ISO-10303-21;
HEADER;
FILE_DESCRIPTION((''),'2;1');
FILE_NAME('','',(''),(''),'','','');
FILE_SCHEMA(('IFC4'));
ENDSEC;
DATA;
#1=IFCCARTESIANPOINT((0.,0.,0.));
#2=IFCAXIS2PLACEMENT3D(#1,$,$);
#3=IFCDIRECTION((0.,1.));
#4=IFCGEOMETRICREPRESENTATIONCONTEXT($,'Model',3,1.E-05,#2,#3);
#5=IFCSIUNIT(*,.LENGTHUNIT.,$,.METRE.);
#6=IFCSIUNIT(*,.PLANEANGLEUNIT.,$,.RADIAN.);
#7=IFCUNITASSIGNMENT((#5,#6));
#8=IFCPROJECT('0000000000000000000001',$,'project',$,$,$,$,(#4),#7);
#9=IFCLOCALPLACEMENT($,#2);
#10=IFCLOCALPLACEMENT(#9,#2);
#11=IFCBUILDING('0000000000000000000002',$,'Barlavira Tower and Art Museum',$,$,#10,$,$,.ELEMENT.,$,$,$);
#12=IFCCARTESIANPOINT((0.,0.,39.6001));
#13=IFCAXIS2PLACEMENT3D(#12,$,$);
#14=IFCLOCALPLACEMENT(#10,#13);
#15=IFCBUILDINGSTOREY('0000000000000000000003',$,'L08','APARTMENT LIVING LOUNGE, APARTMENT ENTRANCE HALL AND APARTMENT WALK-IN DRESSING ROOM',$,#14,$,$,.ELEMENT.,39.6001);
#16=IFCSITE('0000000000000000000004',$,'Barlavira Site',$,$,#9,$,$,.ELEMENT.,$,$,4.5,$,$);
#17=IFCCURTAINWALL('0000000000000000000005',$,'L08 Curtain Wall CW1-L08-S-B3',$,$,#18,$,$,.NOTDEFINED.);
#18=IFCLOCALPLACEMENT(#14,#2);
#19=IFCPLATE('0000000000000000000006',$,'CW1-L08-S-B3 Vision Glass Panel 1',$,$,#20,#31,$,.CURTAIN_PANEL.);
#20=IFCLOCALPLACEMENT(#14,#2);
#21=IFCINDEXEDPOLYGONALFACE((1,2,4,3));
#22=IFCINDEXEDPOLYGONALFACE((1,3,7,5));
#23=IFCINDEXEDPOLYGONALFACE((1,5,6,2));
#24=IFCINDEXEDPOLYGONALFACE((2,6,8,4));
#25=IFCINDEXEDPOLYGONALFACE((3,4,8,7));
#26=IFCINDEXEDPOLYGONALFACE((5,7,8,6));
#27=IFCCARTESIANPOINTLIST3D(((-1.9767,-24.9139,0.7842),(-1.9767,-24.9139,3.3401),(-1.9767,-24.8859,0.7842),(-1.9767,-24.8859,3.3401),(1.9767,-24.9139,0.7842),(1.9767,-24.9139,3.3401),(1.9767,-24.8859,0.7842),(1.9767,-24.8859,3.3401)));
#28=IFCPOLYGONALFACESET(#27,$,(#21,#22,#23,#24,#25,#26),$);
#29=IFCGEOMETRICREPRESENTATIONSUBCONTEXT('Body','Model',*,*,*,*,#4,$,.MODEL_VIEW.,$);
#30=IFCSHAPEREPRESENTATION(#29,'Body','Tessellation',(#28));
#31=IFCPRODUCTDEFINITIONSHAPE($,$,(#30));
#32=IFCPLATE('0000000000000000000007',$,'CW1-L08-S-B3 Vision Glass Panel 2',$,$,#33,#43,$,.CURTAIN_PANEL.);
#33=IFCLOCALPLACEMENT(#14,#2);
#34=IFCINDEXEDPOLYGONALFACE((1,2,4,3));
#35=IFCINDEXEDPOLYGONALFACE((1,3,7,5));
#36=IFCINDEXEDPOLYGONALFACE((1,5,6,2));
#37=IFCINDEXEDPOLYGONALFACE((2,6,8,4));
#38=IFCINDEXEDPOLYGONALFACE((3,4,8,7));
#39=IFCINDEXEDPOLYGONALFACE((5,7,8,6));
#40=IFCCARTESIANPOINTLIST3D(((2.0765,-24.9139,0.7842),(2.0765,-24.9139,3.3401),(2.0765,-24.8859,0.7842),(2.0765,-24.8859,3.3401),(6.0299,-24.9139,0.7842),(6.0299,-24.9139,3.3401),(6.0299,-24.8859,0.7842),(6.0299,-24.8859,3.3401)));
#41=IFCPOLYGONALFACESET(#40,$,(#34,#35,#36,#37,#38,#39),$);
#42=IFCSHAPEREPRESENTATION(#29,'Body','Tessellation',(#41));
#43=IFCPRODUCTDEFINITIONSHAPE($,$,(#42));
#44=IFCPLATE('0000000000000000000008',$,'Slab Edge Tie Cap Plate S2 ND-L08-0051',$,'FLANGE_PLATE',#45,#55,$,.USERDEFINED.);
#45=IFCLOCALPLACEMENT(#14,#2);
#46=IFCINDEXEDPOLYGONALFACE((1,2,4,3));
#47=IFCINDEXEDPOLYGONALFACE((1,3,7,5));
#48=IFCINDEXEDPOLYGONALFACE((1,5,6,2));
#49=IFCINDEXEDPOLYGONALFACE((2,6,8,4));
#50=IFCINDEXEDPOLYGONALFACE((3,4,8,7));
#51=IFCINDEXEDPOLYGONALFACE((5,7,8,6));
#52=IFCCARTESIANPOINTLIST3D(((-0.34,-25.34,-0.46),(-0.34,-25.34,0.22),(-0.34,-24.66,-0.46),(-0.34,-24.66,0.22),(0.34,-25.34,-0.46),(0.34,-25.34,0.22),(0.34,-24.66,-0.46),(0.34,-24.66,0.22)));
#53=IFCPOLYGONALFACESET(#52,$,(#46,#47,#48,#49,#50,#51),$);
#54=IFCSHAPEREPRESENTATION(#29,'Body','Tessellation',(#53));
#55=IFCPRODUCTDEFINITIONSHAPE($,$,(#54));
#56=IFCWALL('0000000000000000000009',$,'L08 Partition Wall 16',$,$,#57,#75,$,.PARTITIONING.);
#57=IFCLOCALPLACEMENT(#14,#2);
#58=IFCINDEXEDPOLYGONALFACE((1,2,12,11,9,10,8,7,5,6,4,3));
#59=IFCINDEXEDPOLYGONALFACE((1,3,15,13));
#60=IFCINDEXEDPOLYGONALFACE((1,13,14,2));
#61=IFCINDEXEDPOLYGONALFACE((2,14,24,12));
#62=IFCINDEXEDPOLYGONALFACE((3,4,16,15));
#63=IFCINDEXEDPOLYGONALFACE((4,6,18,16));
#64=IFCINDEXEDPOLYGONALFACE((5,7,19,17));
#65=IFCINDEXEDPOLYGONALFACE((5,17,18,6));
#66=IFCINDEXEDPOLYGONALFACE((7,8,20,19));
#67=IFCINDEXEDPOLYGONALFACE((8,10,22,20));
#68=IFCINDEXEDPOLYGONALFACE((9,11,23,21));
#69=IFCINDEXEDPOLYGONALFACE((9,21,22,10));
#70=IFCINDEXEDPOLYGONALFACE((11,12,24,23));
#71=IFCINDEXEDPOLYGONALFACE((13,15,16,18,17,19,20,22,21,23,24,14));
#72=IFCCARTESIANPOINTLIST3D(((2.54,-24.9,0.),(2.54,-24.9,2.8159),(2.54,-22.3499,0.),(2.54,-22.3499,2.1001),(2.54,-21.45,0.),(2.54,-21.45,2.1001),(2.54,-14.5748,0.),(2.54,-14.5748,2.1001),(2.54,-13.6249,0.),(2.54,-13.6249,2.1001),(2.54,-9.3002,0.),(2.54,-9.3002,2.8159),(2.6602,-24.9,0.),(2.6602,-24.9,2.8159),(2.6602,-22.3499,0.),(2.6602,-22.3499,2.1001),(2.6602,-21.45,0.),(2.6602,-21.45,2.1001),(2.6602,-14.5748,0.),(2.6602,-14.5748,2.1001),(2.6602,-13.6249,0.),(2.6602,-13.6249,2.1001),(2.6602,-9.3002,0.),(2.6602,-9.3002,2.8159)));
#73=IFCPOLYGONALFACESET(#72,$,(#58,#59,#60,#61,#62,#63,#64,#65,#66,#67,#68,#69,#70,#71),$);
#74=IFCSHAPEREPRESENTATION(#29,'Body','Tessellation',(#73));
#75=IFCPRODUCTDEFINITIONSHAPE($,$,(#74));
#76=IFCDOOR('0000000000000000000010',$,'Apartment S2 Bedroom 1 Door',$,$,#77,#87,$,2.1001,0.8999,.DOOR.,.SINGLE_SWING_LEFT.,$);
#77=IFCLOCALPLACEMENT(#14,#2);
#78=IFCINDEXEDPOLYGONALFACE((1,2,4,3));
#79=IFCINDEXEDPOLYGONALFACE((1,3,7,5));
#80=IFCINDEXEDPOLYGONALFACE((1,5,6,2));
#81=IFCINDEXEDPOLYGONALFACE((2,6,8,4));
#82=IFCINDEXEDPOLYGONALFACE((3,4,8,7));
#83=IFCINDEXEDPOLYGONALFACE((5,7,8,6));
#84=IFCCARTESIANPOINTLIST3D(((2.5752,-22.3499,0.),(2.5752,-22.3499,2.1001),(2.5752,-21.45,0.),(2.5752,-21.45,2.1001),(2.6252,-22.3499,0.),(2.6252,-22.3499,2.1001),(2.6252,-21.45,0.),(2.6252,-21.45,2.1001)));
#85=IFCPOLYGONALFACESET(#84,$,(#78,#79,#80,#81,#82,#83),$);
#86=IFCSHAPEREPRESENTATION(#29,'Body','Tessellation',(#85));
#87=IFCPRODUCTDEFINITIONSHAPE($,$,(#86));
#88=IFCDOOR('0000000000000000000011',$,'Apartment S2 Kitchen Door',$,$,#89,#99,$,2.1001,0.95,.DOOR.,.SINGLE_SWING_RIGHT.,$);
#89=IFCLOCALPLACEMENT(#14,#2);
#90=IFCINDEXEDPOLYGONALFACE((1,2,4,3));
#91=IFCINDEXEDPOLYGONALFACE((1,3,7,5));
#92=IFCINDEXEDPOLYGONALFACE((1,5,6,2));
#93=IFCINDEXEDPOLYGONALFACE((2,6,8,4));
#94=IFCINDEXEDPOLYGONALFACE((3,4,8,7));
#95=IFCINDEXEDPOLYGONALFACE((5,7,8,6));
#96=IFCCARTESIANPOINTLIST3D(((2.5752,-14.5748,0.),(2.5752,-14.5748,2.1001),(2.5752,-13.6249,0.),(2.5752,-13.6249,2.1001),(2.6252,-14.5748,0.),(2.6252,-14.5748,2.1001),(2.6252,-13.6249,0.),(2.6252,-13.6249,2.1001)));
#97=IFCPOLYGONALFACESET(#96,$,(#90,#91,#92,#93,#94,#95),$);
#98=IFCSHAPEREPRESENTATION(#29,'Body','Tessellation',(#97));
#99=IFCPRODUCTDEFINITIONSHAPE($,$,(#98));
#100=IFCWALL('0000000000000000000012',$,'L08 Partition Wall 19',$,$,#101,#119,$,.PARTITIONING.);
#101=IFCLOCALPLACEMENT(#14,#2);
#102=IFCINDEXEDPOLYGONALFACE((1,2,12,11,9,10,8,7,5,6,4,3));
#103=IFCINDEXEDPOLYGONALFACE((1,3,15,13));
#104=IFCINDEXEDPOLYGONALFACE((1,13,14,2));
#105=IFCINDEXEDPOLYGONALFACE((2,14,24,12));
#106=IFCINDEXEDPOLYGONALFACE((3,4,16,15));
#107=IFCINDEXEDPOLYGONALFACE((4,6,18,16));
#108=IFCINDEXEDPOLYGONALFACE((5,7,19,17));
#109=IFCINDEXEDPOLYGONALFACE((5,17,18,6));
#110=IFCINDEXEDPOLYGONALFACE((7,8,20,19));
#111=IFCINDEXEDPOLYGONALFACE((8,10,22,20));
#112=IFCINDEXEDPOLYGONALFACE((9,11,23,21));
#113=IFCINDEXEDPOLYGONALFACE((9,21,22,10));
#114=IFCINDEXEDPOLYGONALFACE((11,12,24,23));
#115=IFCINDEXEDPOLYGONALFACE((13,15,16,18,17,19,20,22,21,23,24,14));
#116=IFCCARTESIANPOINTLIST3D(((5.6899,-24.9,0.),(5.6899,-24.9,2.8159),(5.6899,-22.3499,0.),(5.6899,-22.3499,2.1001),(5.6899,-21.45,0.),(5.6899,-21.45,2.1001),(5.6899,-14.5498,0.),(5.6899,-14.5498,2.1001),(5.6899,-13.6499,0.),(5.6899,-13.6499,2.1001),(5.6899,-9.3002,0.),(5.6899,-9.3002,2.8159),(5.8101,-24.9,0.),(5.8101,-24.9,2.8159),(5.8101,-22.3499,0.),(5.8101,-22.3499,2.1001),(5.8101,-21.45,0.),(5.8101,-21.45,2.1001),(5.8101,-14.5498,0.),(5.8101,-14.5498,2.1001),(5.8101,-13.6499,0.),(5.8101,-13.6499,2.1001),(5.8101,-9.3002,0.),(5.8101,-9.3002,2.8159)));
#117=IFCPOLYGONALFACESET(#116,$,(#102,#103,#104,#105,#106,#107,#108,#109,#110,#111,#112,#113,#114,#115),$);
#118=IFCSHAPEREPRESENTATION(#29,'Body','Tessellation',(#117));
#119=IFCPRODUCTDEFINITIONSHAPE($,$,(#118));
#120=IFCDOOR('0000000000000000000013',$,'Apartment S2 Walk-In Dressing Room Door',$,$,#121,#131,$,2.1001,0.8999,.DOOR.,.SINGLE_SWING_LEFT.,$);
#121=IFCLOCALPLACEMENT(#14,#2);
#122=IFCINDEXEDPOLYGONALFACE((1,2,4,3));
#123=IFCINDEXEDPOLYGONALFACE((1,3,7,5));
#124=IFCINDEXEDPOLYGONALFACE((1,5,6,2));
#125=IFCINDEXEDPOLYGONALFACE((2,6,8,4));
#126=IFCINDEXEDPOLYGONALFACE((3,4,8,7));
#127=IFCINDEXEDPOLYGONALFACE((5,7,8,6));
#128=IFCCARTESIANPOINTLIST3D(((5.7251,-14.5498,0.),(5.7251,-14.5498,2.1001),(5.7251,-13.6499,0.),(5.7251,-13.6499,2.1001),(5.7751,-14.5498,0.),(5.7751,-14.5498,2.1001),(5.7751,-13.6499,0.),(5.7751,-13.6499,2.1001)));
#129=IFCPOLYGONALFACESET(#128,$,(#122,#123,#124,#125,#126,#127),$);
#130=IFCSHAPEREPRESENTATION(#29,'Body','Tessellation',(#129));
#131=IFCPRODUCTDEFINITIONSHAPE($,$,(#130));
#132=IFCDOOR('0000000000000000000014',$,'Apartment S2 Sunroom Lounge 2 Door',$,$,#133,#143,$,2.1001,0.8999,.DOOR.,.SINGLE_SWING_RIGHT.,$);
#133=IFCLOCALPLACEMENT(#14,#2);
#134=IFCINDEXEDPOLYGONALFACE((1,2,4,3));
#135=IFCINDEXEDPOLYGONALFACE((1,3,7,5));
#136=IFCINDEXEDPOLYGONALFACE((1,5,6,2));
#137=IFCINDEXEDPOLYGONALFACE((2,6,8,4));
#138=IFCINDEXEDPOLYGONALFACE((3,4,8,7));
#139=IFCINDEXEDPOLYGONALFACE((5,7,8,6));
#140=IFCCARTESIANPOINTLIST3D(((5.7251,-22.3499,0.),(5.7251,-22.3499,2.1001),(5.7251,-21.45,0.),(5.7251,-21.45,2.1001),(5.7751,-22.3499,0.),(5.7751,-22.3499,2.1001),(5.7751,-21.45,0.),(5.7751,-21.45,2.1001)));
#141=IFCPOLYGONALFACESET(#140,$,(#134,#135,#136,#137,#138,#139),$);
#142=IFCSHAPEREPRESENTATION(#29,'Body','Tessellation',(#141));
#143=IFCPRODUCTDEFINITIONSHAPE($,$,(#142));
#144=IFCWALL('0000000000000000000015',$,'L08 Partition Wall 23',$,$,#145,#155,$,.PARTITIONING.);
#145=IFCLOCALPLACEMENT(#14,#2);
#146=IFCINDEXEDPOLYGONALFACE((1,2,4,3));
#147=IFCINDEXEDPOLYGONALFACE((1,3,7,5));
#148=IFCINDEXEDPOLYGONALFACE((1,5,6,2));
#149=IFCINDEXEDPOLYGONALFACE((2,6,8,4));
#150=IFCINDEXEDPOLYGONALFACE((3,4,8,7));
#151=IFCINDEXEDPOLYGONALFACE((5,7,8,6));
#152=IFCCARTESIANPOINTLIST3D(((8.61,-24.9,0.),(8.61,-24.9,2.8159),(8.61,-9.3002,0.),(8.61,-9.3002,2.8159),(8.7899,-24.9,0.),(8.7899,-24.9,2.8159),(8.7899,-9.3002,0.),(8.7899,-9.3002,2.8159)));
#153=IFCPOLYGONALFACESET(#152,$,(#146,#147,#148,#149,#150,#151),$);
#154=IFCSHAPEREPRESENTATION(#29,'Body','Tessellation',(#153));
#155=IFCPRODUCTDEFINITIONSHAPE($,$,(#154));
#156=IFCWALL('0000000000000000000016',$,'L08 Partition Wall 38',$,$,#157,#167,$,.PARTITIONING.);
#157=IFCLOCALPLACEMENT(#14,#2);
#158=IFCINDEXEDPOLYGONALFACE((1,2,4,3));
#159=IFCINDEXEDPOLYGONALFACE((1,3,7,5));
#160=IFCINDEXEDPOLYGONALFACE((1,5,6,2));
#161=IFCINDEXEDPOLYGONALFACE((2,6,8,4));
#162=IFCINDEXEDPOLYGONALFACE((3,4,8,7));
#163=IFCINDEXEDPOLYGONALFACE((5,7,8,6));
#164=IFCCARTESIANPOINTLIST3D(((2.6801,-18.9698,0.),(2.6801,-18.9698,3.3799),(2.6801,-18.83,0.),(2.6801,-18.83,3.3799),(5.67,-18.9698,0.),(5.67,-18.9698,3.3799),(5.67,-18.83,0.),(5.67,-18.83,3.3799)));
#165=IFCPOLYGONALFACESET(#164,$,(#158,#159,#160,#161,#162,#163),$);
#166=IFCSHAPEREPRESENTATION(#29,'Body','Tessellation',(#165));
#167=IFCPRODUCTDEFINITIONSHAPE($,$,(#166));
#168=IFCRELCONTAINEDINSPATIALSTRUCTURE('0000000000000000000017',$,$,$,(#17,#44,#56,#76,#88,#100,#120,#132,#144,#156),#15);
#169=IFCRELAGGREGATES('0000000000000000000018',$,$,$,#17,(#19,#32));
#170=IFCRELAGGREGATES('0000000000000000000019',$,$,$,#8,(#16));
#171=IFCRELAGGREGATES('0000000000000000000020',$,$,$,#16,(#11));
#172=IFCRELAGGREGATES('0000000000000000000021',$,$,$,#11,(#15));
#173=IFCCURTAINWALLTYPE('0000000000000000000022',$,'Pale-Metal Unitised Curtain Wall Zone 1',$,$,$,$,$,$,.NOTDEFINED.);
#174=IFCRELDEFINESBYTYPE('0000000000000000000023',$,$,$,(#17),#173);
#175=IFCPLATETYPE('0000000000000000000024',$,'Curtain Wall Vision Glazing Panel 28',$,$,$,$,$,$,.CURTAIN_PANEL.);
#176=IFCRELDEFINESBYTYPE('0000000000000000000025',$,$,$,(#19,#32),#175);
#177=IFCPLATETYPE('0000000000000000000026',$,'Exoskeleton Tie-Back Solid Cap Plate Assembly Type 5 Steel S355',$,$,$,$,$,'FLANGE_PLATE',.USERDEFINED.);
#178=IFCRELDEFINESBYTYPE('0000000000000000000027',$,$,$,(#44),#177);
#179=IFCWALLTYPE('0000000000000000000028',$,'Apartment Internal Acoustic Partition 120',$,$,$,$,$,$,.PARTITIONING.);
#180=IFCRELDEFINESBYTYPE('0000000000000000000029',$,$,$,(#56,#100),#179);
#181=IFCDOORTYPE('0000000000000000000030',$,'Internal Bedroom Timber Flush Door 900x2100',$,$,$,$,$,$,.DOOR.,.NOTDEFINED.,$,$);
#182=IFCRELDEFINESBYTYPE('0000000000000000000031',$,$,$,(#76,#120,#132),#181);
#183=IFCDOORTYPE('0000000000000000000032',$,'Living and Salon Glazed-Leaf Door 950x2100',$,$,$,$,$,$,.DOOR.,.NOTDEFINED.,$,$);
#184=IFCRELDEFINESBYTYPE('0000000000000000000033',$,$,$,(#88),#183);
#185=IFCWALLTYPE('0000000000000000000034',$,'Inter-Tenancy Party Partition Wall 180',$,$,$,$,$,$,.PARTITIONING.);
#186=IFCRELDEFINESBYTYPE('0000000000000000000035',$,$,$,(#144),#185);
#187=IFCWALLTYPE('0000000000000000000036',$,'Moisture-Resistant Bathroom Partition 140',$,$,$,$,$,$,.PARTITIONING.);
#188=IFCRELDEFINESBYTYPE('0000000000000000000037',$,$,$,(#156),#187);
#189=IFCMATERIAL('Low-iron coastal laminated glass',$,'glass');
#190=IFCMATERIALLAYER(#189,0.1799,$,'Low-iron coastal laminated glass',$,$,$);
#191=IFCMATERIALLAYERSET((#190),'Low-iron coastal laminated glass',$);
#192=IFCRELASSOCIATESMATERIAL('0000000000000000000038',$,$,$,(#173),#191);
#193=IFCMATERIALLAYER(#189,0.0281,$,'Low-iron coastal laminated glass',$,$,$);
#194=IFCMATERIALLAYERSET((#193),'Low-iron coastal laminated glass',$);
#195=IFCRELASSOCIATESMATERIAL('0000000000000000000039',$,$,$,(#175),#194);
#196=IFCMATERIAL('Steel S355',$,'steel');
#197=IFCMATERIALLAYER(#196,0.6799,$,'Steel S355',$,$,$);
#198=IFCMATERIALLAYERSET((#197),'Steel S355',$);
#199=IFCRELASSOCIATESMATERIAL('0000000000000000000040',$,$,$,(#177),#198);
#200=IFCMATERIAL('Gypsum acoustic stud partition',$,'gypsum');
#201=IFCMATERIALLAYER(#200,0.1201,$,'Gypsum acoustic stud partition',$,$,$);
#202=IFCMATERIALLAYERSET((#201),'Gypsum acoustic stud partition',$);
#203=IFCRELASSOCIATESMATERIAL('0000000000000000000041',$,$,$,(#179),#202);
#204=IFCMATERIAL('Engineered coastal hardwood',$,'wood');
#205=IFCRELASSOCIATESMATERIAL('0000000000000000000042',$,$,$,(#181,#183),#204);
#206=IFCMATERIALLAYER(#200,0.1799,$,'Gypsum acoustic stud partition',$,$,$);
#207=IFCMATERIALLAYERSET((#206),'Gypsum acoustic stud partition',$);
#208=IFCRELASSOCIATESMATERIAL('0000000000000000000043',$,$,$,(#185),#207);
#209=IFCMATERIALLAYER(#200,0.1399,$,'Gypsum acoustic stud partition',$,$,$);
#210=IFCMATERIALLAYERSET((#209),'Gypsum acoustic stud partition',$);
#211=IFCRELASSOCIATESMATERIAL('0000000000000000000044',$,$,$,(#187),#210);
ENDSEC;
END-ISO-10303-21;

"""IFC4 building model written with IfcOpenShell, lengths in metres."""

from ifc_helpers import new_model, si_unit, direction, frame, frame_2d, origin, origin_2d, place, context, subcontext, project, spatial, rectangle, extrude, material, layer, layer_set, type_object, element, fill, aggregate, save


model = new_model("IFC4")

# Units and contexts
model_context = context("Model", 3, precision=1e-05, world=origin(), true_north=direction((0.0, 1.0)))
body_context = subcontext(model_context, "Body", "Model", "MODEL_VIEW")
ifc_project = project(units=[si_unit("LENGTHUNIT", "METRE"), si_unit("PLANEANGLEUNIT", "RADIAN")], contexts=[model_context])

# Site, building, storey
site_placement = place(None, origin())
site = spatial("IfcSite", under=ifc_project, at=site_placement, Name="Barlavira Site", CompositionType="ELEMENT", RefElevation=4.5)
building_placement = place(site_placement, origin())
building = spatial("IfcBuilding", under=site, at=building_placement, Name="Barlavira Tower and Art Museum", CompositionType="ELEMENT")
storey_placement = place(building_placement, frame((0.0, 0.0, 39.6001)))
storey = spatial("IfcBuildingStorey", under=building, at=storey_placement, Name="L08", Description="APARTMENT LIVING LOUNGE, APARTMENT ENTRANCE HALL AND APARTMENT WALK-IN DRESSING ROOM", CompositionType="ELEMENT", Elevation=39.6001)

# Curtain wall
ifc_material_1 = material(Name="Low-iron coastal laminated glass", Category="glass")
ifc_layer_1 = layer(ifc_material_1, 0.1799, Name="Low-iron coastal laminated glass")
ifc_layer_set_1 = layer_set([ifc_layer_1], Name="Low-iron coastal laminated glass")
curtain_wall_type = type_object("IfcCurtainWallType", Name="Pale-Metal Unitised Curtain Wall Zone 1", PredefinedType="NOTDEFINED", material=ifc_layer_set_1)
curtain_wall_placement = place(storey_placement, origin())
curtain_wall = element("IfcCurtainWall", 1, at=curtain_wall_placement, inside=storey, type_object=curtain_wall_type, Name="L08 Curtain Wall CW1-L08-S-B3", PredefinedType="NOTDEFINED")

# Shared definitions
ifc_material_2 = material(Name="Steel S355", Category="steel")

# Plates
ifc_layer_2 = layer(ifc_material_1, 0.0281, Name="Low-iron coastal laminated glass")
ifc_layer_set_2 = layer_set([ifc_layer_2], Name="Low-iron coastal laminated glass")
plate_type_1 = type_object("IfcPlateType", Name="Curtain Wall Vision Glazing Panel 28", PredefinedType="CURTAIN_PANEL", material=ifc_layer_set_2)
plate_1_placement = place(storey_placement, frame((0.0, -24.8999, 0.7842), z_axis=(0.0, 0.0, 1.0), x_axis=(1.0, 0.0, 0.0)))
plate_1 = element("IfcPlate", 2, at=plate_1_placement, type_object=plate_type_1, Name="CW1-L08-S-B3 Vision Glass Panel 1", PredefinedType="CURTAIN_PANEL", context=body_context, shape_type="SweptSolid", body=[
    extrude(rectangle(XDim=3.9534, YDim=0.0281, at=origin_2d()), origin(), (0.0, 0.0, 1.0), 2.5559),
])
plate_2_placement = place(storey_placement, frame((4.0532, -24.8999, 0.7842), z_axis=(0.0, 0.0, 1.0), x_axis=(1.0, 0.0, 0.0)))
plate_2 = element("IfcPlate", 3, at=plate_2_placement, type_object=plate_type_1, Name="CW1-L08-S-B3 Vision Glass Panel 2", PredefinedType="CURTAIN_PANEL", context=body_context, shape_type="SweptSolid", body=[
    extrude(rectangle(XDim=3.9534, YDim=0.0281, at=origin_2d()), origin(), (0.0, 0.0, 1.0), 2.5559),
])
aggregate(curtain_wall, [plate_1, plate_2])
ifc_layer_3 = layer(ifc_material_2, 0.6799, Name="Steel S355")
ifc_layer_set_3 = layer_set([ifc_layer_3], Name="Steel S355")
plate_type_2 = type_object("IfcPlateType", Name="Exoskeleton Tie-Back Solid Cap Plate Assembly Type 5 Steel S355", ElementType="FLANGE_PLATE", PredefinedType="USERDEFINED", material=ifc_layer_set_3)
plate_3_placement = place(storey_placement, frame((0.0, -25.0, -0.46), z_axis=(0.0, 0.0, 1.0), x_axis=(1.0, 0.0, 0.0)))
element("IfcPlate", 4, at=plate_3_placement, inside=storey, type_object=plate_type_2, Name="Slab Edge Tie Cap Plate S2 ND-L08-0051", ObjectType="FLANGE_PLATE", PredefinedType="USERDEFINED", context=body_context, shape_type="SweptSolid", body=[
    extrude(rectangle(XDim=0.6799, YDim=0.6799, at=origin_2d()), origin(), (0.0, 0.0, 1.0), 0.6799),
])

# Walls, openings, doors
ifc_material_3 = material(Name="Gypsum acoustic stud partition", Category="gypsum")
ifc_layer_4 = layer(ifc_material_3, 0.1201, Name="Gypsum acoustic stud partition")
ifc_layer_set_4 = layer_set([ifc_layer_4], Name="Gypsum acoustic stud partition")
wall_type_1 = type_object("IfcWallType", Name="Apartment Internal Acoustic Partition 120", PredefinedType="PARTITIONING", material=ifc_layer_set_4)
wall_1_placement = place(storey_placement, frame((2.6001, -24.8999, 0.0), z_axis=(0.0, 0.0, 1.0), x_axis=(0.0, 1.0, 0.0)))
wall_1 = element("IfcWall", 5, at=wall_1_placement, inside=storey, type_object=wall_type_1, Name="L08 Partition Wall 16", PredefinedType="PARTITIONING", context=body_context, shape_type="SweptSolid", body=[
    extrude(rectangle(XDim=15.5999, YDim=0.1201, at=frame_2d((7.7998, 0.0))), origin(), (0.0, 0.0, 1.0), 2.8159),
])
opening_1_placement = place(wall_1_placement, frame((10.325, 0.0, 0.0)))
opening_1 = element("IfcOpeningElement", 6, at=opening_1_placement, cuts=wall_1, PredefinedType="OPENING", context=body_context, shape_type="SweptSolid", body=[
    extrude(rectangle(XDim=0.95, YDim=2.1001, at=frame_2d((0.4751, 1.05))), frame((0.0, 0.0701, 0.0), z_axis=(0.0, -1.0, 0.0), x_axis=(1.0, 0.0, 0.0)), (0.0, 0.0, 1.0), 0.1401),
])
opening_2_placement = place(wall_1_placement, frame((2.55, 0.0, 0.0)))
opening_2 = element("IfcOpeningElement", 7, at=opening_2_placement, cuts=wall_1, PredefinedType="OPENING", context=body_context, shape_type="SweptSolid", body=[
    extrude(rectangle(XDim=0.8999, YDim=2.1001, at=frame_2d((0.45, 1.05))), frame((0.0, 0.0701, 0.0), z_axis=(0.0, -1.0, 0.0), x_axis=(1.0, 0.0, 0.0)), (0.0, 0.0, 1.0), 0.1401),
])
ifc_material_4 = material(Name="Engineered coastal hardwood", Category="wood")
door_type_1 = type_object("IfcDoorType", Name="Internal Bedroom Timber Flush Door 900x2100", OperationType="NOTDEFINED", PredefinedType="DOOR", material=ifc_material_4)
door_1_placement = place(opening_2_placement, origin())
door_1 = element("IfcDoor", 8, at=door_1_placement, inside=storey, type_object=door_type_1, Name="Apartment S2 Bedroom 1 Door", OperationType="SINGLE_SWING_LEFT", OverallHeight=2.1001, OverallWidth=0.8999, PredefinedType="DOOR", context=body_context, shape_type="SweptSolid", body=[
    extrude(rectangle(XDim=0.8999, YDim=2.1001, at=frame_2d((0.45, 1.05))), frame((0.0, 0.0249, 0.0), z_axis=(0.0, -1.0, 0.0), x_axis=(1.0, 0.0, 0.0)), (0.0, 0.0, 1.0), 0.05),
])
fill(opening_2, door_1)
door_type_2 = type_object("IfcDoorType", Name="Living and Salon Glazed-Leaf Door 950x2100", OperationType="NOTDEFINED", PredefinedType="DOOR", material=ifc_material_4)
door_2_placement = place(opening_1_placement, origin())
door_2 = element("IfcDoor", 9, at=door_2_placement, inside=storey, type_object=door_type_2, Name="Apartment S2 Kitchen Door", OperationType="SINGLE_SWING_RIGHT", OverallHeight=2.1001, OverallWidth=0.95, PredefinedType="DOOR", context=body_context, shape_type="SweptSolid", body=[
    extrude(rectangle(XDim=0.95, YDim=2.1001, at=frame_2d((0.4751, 1.05))), frame((0.0, 0.0249, 0.0), z_axis=(0.0, -1.0, 0.0), x_axis=(1.0, 0.0, 0.0)), (0.0, 0.0, 1.0), 0.05),
])
fill(opening_1, door_2)
wall_2_placement = place(storey_placement, frame((5.75, -24.8999, 0.0), z_axis=(0.0, 0.0, 1.0), x_axis=(0.0, 1.0, 0.0)))
wall_2 = element("IfcWall", 10, at=wall_2_placement, inside=storey, type_object=wall_type_1, Name="L08 Partition Wall 19", PredefinedType="PARTITIONING", context=body_context, shape_type="SweptSolid", body=[
    extrude(rectangle(XDim=15.5999, YDim=0.1201, at=frame_2d((7.7998, 0.0))), origin(), (0.0, 0.0, 1.0), 2.8159),
])
opening_3_placement = place(wall_2_placement, frame((10.3501, 0.0, 0.0)))
opening_3 = element("IfcOpeningElement", 11, at=opening_3_placement, cuts=wall_2, PredefinedType="OPENING", context=body_context, shape_type="SweptSolid", body=[
    extrude(rectangle(XDim=0.8999, YDim=2.1001, at=frame_2d((0.45, 1.05))), frame((0.0, 0.0701, 0.0), z_axis=(0.0, -1.0, 0.0), x_axis=(1.0, 0.0, 0.0)), (0.0, 0.0, 1.0), 0.1401),
])
opening_4_placement = place(wall_2_placement, frame((2.55, 0.0, 0.0)))
opening_4 = element("IfcOpeningElement", 12, at=opening_4_placement, cuts=wall_2, PredefinedType="OPENING", context=body_context, shape_type="SweptSolid", body=[
    extrude(rectangle(XDim=0.8999, YDim=2.1001, at=frame_2d((0.45, 1.05))), frame((0.0, 0.0701, 0.0), z_axis=(0.0, -1.0, 0.0), x_axis=(1.0, 0.0, 0.0)), (0.0, 0.0, 1.0), 0.1401),
])
door_3_placement = place(opening_3_placement, origin())
door_3 = element("IfcDoor", 13, at=door_3_placement, inside=storey, type_object=door_type_1, Name="Apartment S2 Walk-In Dressing Room Door", OperationType="SINGLE_SWING_LEFT", OverallHeight=2.1001, OverallWidth=0.8999, PredefinedType="DOOR", context=body_context, shape_type="SweptSolid", body=[
    extrude(rectangle(XDim=0.8999, YDim=2.1001, at=frame_2d((0.45, 1.05))), frame((0.0, 0.0249, 0.0), z_axis=(0.0, -1.0, 0.0), x_axis=(1.0, 0.0, 0.0)), (0.0, 0.0, 1.0), 0.05),
])
fill(opening_3, door_3)
door_4_placement = place(opening_4_placement, origin())
door_4 = element("IfcDoor", 14, at=door_4_placement, inside=storey, type_object=door_type_1, Name="Apartment S2 Sunroom Lounge 2 Door", OperationType="SINGLE_SWING_RIGHT", OverallHeight=2.1001, OverallWidth=0.8999, PredefinedType="DOOR", context=body_context, shape_type="SweptSolid", body=[
    extrude(rectangle(XDim=0.8999, YDim=2.1001, at=frame_2d((0.45, 1.05))), frame((0.0, 0.0249, 0.0), z_axis=(0.0, -1.0, 0.0), x_axis=(1.0, 0.0, 0.0)), (0.0, 0.0, 1.0), 0.05),
])
fill(opening_4, door_4)

# Walls
ifc_layer_5 = layer(ifc_material_3, 0.1799, Name="Gypsum acoustic stud partition")
ifc_layer_set_5 = layer_set([ifc_layer_5], Name="Gypsum acoustic stud partition")
wall_type_2 = type_object("IfcWallType", Name="Inter-Tenancy Party Partition Wall 180", PredefinedType="PARTITIONING", material=ifc_layer_set_5)
wall_3_placement = place(storey_placement, frame((8.7, -24.8999, 0.0), z_axis=(0.0, 0.0, 1.0), x_axis=(0.0, 1.0, 0.0)))
element("IfcWall", 15, at=wall_3_placement, inside=storey, type_object=wall_type_2, Name="L08 Partition Wall 23", PredefinedType="PARTITIONING", context=body_context, shape_type="SweptSolid", body=[
    extrude(rectangle(XDim=15.5999, YDim=0.1799, at=frame_2d((7.7998, 0.0))), origin(), (0.0, 0.0, 1.0), 2.8159),
])
ifc_layer_6 = layer(ifc_material_3, 0.1399, Name="Gypsum acoustic stud partition")
ifc_layer_set_6 = layer_set([ifc_layer_6], Name="Gypsum acoustic stud partition")
wall_type_3 = type_object("IfcWallType", Name="Moisture-Resistant Bathroom Partition 140", PredefinedType="PARTITIONING", material=ifc_layer_set_6)
wall_4_placement = place(storey_placement, frame((2.6799, -18.8999, 0.0), z_axis=(0.0, 0.0, 1.0), x_axis=(1.0, 0.0, 0.0)))
element("IfcWall", 16, at=wall_4_placement, inside=storey, type_object=wall_type_3, Name="L08 Partition Wall 38", PredefinedType="PARTITIONING", context=body_context, shape_type="SweptSolid", body=[
    extrude(rectangle(XDim=2.99, YDim=0.1399, at=frame_2d((1.4951, 0.0))), origin(), (0.0, 0.0, 1.0), 3.3799),
])

save(model, "model.ifc")
